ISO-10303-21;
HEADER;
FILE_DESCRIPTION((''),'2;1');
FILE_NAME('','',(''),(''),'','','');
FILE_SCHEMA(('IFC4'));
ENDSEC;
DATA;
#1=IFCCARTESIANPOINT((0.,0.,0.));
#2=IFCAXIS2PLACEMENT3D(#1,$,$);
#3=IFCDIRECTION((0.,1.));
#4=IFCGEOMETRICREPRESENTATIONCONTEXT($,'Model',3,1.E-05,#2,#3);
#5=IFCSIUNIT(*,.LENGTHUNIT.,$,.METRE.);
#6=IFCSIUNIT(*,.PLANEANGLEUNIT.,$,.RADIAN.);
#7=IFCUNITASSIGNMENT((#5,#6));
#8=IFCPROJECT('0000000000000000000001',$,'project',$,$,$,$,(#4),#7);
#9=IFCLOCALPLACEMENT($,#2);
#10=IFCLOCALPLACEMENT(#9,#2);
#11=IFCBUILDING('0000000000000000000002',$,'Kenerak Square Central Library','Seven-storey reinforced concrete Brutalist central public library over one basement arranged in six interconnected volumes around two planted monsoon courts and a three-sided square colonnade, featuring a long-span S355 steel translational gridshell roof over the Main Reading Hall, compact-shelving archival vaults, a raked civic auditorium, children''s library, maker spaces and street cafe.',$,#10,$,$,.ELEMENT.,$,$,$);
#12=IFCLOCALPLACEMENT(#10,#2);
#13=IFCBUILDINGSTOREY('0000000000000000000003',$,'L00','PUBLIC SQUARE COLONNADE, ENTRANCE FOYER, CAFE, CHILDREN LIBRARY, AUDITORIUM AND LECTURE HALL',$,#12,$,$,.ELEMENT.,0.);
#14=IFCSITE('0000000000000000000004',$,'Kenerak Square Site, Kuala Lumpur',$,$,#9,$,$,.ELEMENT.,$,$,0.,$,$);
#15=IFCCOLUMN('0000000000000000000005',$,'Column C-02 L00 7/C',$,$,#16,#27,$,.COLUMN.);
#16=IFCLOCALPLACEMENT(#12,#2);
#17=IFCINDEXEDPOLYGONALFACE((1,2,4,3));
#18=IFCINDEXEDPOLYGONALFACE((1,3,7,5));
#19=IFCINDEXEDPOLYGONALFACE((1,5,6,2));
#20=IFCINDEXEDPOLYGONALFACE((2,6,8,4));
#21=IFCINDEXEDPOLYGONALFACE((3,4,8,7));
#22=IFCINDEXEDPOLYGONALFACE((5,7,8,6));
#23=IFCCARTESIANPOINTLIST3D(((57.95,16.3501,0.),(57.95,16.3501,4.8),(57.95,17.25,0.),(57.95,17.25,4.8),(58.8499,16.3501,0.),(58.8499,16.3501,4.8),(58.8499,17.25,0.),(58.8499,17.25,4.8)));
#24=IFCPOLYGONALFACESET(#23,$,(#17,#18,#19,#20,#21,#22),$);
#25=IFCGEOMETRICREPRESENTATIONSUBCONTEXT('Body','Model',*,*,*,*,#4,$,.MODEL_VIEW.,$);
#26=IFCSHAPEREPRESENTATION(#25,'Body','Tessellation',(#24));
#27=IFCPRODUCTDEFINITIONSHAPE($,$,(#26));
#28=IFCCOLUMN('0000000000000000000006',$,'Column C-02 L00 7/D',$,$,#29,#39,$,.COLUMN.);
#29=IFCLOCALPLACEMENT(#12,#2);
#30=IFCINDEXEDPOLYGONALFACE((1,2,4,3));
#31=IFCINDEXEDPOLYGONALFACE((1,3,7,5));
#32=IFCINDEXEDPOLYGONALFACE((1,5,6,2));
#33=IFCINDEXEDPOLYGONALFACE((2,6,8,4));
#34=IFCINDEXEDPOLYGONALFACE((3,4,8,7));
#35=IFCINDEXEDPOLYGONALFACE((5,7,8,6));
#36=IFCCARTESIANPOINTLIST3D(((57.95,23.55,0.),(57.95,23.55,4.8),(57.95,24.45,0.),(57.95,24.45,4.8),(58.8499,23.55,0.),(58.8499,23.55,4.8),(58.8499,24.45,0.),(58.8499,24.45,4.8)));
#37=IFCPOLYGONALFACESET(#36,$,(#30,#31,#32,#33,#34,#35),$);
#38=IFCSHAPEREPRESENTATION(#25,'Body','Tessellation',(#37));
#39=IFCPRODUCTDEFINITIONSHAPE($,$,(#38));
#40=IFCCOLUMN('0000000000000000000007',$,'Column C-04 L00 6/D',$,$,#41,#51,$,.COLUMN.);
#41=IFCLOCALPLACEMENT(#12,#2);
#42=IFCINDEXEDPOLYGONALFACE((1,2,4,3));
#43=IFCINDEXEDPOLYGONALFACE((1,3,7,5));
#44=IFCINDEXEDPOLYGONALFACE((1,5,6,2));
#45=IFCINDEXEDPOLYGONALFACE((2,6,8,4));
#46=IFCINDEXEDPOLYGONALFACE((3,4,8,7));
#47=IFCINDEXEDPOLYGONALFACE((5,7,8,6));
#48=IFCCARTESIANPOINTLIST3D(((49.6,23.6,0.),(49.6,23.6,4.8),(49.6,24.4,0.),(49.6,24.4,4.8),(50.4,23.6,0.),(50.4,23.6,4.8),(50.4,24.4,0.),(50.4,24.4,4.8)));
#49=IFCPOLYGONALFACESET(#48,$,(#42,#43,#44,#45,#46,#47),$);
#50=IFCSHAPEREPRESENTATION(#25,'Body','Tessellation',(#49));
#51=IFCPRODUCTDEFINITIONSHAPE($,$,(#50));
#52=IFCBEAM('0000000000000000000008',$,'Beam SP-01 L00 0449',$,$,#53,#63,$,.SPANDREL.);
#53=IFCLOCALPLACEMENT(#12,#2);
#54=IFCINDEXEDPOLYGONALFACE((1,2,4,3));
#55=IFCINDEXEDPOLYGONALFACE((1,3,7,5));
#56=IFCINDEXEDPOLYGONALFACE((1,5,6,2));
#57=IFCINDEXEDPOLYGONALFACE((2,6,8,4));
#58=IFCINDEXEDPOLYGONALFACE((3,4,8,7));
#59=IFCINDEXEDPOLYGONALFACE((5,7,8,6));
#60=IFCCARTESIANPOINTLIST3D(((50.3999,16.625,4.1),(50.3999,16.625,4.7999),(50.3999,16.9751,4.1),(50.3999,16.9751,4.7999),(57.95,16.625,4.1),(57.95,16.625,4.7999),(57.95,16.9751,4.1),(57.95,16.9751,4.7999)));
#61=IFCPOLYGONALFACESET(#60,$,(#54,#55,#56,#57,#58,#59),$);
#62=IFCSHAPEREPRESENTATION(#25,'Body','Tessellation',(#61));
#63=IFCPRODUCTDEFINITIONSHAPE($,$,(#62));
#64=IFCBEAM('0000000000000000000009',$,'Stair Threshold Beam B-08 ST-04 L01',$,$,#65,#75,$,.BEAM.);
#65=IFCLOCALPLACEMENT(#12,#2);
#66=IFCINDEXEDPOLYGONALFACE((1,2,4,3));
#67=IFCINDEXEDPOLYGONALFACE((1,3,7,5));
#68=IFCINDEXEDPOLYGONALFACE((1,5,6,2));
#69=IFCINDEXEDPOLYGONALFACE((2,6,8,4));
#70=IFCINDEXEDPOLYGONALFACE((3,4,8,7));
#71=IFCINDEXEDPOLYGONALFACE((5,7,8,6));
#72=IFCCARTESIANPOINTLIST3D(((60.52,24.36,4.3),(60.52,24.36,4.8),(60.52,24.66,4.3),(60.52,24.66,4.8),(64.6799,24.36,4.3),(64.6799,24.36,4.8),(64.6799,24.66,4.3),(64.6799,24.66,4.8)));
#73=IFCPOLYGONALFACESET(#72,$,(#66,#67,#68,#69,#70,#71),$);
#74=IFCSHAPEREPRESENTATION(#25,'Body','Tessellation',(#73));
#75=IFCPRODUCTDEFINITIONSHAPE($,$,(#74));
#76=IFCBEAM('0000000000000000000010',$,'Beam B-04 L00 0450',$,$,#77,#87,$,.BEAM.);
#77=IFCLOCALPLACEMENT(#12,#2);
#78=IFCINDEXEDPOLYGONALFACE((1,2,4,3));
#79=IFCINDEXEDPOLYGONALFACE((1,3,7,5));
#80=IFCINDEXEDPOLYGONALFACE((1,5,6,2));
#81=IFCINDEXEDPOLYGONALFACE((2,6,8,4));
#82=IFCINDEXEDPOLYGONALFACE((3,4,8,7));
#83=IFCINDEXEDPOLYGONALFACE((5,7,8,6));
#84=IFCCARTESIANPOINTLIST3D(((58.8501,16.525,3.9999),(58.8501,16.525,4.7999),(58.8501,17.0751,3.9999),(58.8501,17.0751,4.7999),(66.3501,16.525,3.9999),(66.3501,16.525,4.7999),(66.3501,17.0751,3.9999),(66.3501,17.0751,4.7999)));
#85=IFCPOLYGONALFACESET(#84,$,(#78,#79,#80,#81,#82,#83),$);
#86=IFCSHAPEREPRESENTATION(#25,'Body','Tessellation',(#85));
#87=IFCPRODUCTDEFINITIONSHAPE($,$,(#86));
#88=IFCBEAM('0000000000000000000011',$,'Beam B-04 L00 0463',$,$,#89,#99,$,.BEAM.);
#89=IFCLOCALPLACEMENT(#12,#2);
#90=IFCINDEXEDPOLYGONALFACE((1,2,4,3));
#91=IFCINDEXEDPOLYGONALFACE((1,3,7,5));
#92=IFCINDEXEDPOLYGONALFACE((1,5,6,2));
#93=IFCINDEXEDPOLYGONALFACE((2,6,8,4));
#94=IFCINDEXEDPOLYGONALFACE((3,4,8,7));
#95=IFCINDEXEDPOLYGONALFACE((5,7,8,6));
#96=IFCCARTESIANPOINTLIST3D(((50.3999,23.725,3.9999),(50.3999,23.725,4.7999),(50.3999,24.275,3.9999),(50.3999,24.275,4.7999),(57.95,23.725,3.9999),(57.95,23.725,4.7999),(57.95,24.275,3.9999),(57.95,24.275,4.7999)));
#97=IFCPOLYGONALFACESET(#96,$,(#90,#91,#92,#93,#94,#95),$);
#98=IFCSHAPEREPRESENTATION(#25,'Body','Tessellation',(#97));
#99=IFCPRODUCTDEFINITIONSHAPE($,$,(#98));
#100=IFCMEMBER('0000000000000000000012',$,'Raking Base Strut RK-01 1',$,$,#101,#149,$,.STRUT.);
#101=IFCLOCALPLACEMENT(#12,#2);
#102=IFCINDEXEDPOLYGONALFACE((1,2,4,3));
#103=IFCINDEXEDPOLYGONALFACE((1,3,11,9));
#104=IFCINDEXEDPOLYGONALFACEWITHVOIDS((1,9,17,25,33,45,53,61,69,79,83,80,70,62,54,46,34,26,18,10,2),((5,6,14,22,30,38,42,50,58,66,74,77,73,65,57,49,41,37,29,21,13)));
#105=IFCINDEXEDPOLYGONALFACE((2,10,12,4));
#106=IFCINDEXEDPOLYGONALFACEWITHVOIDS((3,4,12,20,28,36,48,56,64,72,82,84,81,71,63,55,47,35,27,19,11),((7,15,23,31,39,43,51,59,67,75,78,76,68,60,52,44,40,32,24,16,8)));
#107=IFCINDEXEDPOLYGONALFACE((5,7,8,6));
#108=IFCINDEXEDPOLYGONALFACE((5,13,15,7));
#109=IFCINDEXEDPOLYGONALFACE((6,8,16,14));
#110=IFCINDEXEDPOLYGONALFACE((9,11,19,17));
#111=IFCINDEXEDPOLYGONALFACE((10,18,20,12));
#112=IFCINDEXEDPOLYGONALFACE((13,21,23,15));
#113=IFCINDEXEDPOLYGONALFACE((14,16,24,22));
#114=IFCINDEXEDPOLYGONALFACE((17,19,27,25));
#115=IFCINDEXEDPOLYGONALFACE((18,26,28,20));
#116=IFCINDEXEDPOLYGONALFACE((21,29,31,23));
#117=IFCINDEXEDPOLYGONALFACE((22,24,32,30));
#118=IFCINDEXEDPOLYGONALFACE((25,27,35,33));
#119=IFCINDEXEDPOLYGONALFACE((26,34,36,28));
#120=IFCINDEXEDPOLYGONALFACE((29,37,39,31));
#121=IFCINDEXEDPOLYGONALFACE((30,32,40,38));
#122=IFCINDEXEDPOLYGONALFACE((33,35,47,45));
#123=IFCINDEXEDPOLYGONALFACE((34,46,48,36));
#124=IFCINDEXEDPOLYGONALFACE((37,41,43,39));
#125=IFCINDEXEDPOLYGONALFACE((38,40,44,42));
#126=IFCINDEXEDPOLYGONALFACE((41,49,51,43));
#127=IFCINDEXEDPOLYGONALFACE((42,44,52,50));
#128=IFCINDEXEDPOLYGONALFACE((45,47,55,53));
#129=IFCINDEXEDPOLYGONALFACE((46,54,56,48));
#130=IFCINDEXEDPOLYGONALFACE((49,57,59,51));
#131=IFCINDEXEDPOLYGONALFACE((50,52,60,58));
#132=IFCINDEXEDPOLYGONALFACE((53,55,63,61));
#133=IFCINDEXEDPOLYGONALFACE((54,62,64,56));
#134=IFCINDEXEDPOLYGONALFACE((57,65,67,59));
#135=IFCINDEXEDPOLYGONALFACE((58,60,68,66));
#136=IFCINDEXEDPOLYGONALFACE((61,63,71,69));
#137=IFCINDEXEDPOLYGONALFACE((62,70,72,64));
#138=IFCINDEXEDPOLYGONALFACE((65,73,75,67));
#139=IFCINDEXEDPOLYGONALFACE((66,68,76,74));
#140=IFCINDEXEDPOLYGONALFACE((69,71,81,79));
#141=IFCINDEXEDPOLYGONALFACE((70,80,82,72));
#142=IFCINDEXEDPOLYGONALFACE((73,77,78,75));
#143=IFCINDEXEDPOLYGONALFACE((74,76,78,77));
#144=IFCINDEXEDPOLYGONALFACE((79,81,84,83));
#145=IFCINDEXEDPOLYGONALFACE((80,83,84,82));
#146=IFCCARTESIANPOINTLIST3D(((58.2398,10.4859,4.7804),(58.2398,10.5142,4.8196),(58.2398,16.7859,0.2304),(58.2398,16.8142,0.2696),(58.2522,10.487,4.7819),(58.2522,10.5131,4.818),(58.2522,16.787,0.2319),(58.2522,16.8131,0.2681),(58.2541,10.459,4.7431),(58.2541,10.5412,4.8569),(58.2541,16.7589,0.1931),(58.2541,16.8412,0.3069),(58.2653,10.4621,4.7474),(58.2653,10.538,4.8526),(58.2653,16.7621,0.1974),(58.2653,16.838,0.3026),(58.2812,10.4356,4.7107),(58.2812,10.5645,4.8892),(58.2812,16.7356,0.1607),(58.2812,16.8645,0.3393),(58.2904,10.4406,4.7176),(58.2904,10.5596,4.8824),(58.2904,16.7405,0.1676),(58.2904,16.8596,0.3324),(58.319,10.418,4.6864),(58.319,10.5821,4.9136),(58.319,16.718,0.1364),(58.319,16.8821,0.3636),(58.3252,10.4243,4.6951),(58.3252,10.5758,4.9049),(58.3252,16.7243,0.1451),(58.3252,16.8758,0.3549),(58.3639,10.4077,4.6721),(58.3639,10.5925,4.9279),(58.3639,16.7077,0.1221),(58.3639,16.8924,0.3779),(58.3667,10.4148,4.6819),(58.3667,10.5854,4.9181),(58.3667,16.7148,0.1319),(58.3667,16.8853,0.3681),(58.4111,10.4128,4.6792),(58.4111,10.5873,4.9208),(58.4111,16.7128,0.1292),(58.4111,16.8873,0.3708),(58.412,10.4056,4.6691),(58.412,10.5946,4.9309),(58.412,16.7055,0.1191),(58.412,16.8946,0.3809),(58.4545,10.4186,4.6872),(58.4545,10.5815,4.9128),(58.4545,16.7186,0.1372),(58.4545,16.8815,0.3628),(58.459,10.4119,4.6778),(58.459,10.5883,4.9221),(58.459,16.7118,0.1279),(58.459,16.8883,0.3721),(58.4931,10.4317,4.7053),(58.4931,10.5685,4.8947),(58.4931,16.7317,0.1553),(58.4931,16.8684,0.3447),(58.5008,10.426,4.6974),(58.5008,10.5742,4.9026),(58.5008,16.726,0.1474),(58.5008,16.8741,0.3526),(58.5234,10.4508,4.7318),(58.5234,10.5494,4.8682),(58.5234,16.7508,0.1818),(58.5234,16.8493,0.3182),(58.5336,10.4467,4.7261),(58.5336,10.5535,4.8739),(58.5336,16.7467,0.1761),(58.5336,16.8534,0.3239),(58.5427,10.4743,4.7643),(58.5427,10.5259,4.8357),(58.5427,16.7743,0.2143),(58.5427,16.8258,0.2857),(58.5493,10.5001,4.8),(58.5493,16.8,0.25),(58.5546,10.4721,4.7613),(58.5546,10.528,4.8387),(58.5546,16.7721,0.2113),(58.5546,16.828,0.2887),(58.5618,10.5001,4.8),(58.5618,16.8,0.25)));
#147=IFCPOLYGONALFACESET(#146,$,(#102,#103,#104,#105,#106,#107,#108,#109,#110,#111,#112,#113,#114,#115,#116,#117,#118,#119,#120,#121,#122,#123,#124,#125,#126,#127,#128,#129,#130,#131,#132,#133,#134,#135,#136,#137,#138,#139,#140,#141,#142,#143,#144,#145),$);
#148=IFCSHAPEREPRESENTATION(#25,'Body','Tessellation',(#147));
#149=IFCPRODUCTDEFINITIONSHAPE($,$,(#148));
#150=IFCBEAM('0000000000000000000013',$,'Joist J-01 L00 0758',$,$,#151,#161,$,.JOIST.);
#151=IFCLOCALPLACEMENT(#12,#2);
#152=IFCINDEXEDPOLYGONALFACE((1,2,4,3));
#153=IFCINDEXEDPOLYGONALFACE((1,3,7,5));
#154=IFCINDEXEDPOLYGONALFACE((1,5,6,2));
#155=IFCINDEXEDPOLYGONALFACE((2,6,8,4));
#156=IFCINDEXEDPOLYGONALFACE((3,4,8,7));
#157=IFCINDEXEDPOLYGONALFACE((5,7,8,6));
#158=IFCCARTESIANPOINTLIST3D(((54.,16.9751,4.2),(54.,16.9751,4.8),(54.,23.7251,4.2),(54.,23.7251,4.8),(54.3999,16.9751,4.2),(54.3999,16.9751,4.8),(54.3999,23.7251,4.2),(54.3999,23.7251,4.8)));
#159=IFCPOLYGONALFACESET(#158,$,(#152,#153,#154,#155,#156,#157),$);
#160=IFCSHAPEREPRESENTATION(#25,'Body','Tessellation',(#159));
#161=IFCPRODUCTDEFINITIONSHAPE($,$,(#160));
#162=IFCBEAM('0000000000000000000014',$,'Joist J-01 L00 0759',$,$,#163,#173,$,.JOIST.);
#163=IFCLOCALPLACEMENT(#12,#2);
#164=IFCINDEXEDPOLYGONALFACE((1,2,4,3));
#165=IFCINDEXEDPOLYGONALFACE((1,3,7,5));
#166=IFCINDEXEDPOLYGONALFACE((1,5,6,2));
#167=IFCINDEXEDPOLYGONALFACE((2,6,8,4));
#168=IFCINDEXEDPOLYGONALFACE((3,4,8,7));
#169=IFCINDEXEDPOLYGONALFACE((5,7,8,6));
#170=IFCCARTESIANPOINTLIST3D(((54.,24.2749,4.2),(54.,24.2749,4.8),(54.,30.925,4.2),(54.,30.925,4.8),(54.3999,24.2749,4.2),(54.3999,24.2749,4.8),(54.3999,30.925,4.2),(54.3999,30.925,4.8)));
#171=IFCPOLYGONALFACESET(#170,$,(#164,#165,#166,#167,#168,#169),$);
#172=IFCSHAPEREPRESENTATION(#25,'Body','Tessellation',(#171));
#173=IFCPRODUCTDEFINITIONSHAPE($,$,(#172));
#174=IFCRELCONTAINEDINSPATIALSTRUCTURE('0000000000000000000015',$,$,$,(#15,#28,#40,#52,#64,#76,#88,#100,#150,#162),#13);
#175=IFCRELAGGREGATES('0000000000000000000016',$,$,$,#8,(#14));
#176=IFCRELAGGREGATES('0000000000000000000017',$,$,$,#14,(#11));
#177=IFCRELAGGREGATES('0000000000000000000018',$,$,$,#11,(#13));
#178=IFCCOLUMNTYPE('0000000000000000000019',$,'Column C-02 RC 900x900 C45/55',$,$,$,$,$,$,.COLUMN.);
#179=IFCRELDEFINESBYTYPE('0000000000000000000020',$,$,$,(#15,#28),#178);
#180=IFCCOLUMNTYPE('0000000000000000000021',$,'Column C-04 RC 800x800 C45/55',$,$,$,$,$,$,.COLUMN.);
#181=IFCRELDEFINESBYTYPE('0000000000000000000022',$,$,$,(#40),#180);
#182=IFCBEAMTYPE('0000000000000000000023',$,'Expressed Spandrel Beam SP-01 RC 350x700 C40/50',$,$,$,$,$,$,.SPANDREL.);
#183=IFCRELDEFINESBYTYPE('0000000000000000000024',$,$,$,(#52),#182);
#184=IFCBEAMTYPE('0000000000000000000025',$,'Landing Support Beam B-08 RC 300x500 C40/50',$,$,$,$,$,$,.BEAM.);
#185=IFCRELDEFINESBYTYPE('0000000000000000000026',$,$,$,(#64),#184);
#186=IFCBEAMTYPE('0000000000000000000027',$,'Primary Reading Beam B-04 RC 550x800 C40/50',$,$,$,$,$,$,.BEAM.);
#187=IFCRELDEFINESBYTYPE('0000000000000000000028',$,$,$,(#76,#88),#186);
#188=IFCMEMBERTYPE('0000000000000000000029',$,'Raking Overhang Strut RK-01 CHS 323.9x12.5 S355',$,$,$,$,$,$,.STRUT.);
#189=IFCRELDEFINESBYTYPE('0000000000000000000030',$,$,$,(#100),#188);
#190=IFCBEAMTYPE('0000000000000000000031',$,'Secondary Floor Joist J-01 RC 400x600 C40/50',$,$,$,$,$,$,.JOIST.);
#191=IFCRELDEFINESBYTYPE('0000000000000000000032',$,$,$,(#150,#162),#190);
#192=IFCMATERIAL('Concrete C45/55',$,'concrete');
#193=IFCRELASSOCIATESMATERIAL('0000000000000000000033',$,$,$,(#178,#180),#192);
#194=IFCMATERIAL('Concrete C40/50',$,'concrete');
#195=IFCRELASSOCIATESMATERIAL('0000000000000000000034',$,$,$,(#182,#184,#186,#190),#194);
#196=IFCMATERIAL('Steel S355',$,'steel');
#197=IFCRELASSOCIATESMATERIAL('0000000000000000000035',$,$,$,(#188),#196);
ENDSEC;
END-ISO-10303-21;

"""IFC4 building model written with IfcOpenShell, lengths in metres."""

from ifc_helpers import new_model, si_unit, direction, frame, origin, origin_2d, place, context, subcontext, project, spatial, rectangle, hollow_circle, extrude, material, material_profile, profile_set, type_object, element, save


model = new_model("IFC4")

# Units and contexts
model_context = context("Model", 3, precision=1e-05, world=origin(), true_north=direction((0.0, 1.0)))
body_context = subcontext(model_context, "Body", "Model", "MODEL_VIEW")
ifc_project = project(units=[si_unit("LENGTHUNIT", "METRE"), si_unit("PLANEANGLEUNIT", "RADIAN")], contexts=[model_context])

# Site, building, storey
site_placement = place(None, origin())
site = spatial("IfcSite", under=ifc_project, at=site_placement, Name="Kenerak Square Site, Kuala Lumpur", CompositionType="ELEMENT", RefElevation=0.0)
building_placement = place(site_placement, origin())
building = spatial("IfcBuilding", under=site, at=building_placement, Name="Kenerak Square Central Library", Description="Seven-storey reinforced concrete Brutalist central public library over one basement arranged in six interconnected volumes around two planted monsoon courts and a three-sided square colonnade, featuring a long-span S355 steel translational gridshell roof over the Main Reading Hall, compact-shelving archival vaults, a raked civic auditorium, children's library, maker spaces and street cafe.", CompositionType="ELEMENT")
storey_placement = place(building_placement, origin())
storey = spatial("IfcBuildingStorey", under=building, at=storey_placement, Name="L00", Description="PUBLIC SQUARE COLONNADE, ENTRANCE FOYER, CAFE, CHILDREN LIBRARY, AUDITORIUM AND LECTURE HALL", CompositionType="ELEMENT", Elevation=0.0)

# Columns
ifc_material_1 = material(Name="Concrete C45/55", Category="concrete")
ifc_material_profile_1 = material_profile(ifc_material_1, rectangle(XDim=0.8999, YDim=0.8999, at=origin_2d()), Name="RC 900x900")
ifc_profile_set_1 = profile_set([ifc_material_profile_1], Name="Concrete C45/55")
column_type_1 = type_object("IfcColumnType", Name="Column C-02 RC 900x900 C45/55", PredefinedType="COLUMN", material=ifc_profile_set_1)
for number, where, z_axis, x_axis, name in (
    (1, (58.3999, 16.8, 0.0), (0.0, 0.0, 1.0), (1.0, 0.0, 0.0), "Column C-02 L00 7/C"),
    (2, (58.3999, 24.0, 0.0), (0.0, 0.0, 1.0), (1.0, 0.0, 0.0), "Column C-02 L00 7/D"),
):
    element("IfcColumn", number, at=place(storey_placement, frame(where, z_axis=z_axis, x_axis=x_axis)), inside=storey, type_object=column_type_1, Name=name, PredefinedType="COLUMN", context=body_context, shape_type="SweptSolid", body=[
        extrude(rectangle(XDim=0.8999, YDim=0.8999, at=origin_2d()), origin(), (0.0, 0.0, 1.0), 4.8),
    ])
ifc_material_profile_2 = material_profile(ifc_material_1, rectangle(XDim=0.8, YDim=0.8, at=origin_2d()), Name="RC 800x800")
ifc_profile_set_2 = profile_set([ifc_material_profile_2], Name="Concrete C45/55")
column_type_2 = type_object("IfcColumnType", Name="Column C-04 RC 800x800 C45/55", PredefinedType="COLUMN", material=ifc_profile_set_2)
column_placement = place(storey_placement, frame((50.0, 24.0, 0.0), z_axis=(0.0, 0.0, 1.0), x_axis=(1.0, 0.0, 0.0)))
element("IfcColumn", 3, at=column_placement, inside=storey, type_object=column_type_2, Name="Column C-04 L00 6/D", PredefinedType="COLUMN", context=body_context, shape_type="SweptSolid", body=[
    extrude(rectangle(XDim=0.8, YDim=0.8, at=origin_2d()), origin(), (0.0, 0.0, 1.0), 4.8),
])

# Beams
ifc_material_2 = material(Name="Concrete C40/50", Category="concrete")
ifc_material_profile_3 = material_profile(ifc_material_2, rectangle(XDim=0.3501, YDim=0.7, at=origin_2d()), Name="RC 350x700")
ifc_profile_set_3 = profile_set([ifc_material_profile_3], Name="Concrete C40/50")
beam_type_1 = type_object("IfcBeamType", Name="Expressed Spandrel Beam SP-01 RC 350x700 C40/50", PredefinedType="SPANDREL", material=ifc_profile_set_3)
beam_1_placement = place(storey_placement, frame((50.3999, 16.8, 4.45), z_axis=(1.0, 0.0, 0.0), x_axis=(0.0, 1.0, 0.0)))
element("IfcBeam", 4, at=beam_1_placement, inside=storey, type_object=beam_type_1, Name="Beam SP-01 L00 0449", PredefinedType="SPANDREL", context=body_context, shape_type="SweptSolid", body=[
    extrude(rectangle(XDim=0.3501, YDim=0.7, at=origin_2d()), origin(), (0.0, 0.0, 1.0), 7.55),
])
ifc_material_profile_4 = material_profile(ifc_material_2, rectangle(XDim=0.3, YDim=0.5, at=origin_2d()), Name="RC 300x500")
ifc_profile_set_4 = profile_set([ifc_material_profile_4], Name="Concrete C40/50")
beam_type_2 = type_object("IfcBeamType", Name="Landing Support Beam B-08 RC 300x500 C40/50", PredefinedType="BEAM", material=ifc_profile_set_4)
beam_2_placement = place(storey_placement, frame((60.52, 24.51, 4.55), z_axis=(1.0, 0.0, 0.0), x_axis=(0.0, 1.0, 0.0)))
element("IfcBeam", 5, at=beam_2_placement, inside=storey, type_object=beam_type_2, Name="Stair Threshold Beam B-08 ST-04 L01", PredefinedType="BEAM", context=body_context, shape_type="SweptSolid", body=[
    extrude(rectangle(XDim=0.3, YDim=0.5, at=origin_2d()), origin(), (0.0, 0.0, 1.0), 4.1599),
])
ifc_material_profile_5 = material_profile(ifc_material_2, rectangle(XDim=0.55, YDim=0.8, at=origin_2d()), Name="RC 550x800")
ifc_profile_set_5 = profile_set([ifc_material_profile_5], Name="Concrete C40/50")
beam_type_3 = type_object("IfcBeamType", Name="Primary Reading Beam B-04 RC 550x800 C40/50", PredefinedType="BEAM", material=ifc_profile_set_5)
beam_3_placement = place(storey_placement, frame((58.8501, 16.8, 4.3999), z_axis=(1.0, 0.0, 0.0), x_axis=(0.0, 1.0, 0.0)))
element("IfcBeam", 6, at=beam_3_placement, inside=storey, type_object=beam_type_3, Name="Beam B-04 L00 0450", PredefinedType="BEAM", context=body_context, shape_type="SweptSolid", body=[
    extrude(rectangle(XDim=0.55, YDim=0.8, at=origin_2d()), origin(), (0.0, 0.0, 1.0), 7.5),
])
beam_4_placement = place(storey_placement, frame((50.3999, 24.0, 4.3999), z_axis=(1.0, 0.0, 0.0), x_axis=(0.0, 1.0, 0.0)))
element("IfcBeam", 7, at=beam_4_placement, inside=storey, type_object=beam_type_3, Name="Beam B-04 L00 0463", PredefinedType="BEAM", context=body_context, shape_type="SweptSolid", body=[
    extrude(rectangle(XDim=0.55, YDim=0.8, at=origin_2d()), origin(), (0.0, 0.0, 1.0), 7.55),
])

# Member
ifc_material_3 = material(Name="Steel S355", Category="steel")
ifc_material_profile_6 = material_profile(ifc_material_3, hollow_circle(Radius=0.1619, WallThickness=0.0125, at=origin_2d()), Name="CHS 323.9x12.5")
ifc_profile_set_6 = profile_set([ifc_material_profile_6], Name="Steel S355")
member_type = type_object("IfcMemberType", Name="Raking Overhang Strut RK-01 CHS 323.9x12.5 S355", PredefinedType="STRUT", material=ifc_profile_set_6)
member_placement = place(storey_placement, frame((58.3999, 16.8, 0.25), z_axis=(0.0, -0.810678, 0.585492), x_axis=(1.0, 0.0, 0.0)))
element("IfcMember", 8, at=member_placement, inside=storey, type_object=member_type, Name="Raking Base Strut RK-01 1", PredefinedType="STRUT", context=body_context, shape_type="SweptSolid", body=[
    extrude(hollow_circle(Radius=0.1619, WallThickness=0.0125, at=origin_2d()), origin(), (0.0, 0.0, 1.0), 7.7712),
])

# Beams
ifc_material_profile_7 = material_profile(ifc_material_2, rectangle(XDim=0.3999, YDim=0.6001, at=origin_2d()), Name="RC 400x600")
ifc_profile_set_7 = profile_set([ifc_material_profile_7], Name="Concrete C40/50")
beam_type_4 = type_object("IfcBeamType", Name="Secondary Floor Joist J-01 RC 400x600 C40/50", PredefinedType="JOIST", material=ifc_profile_set_7)
beam_5_placement = place(storey_placement, frame((54.2, 16.9751, 4.5), z_axis=(0.0, 1.0, 0.0), x_axis=(-1.0, 0.0, 0.0)))
element("IfcBeam", 9, at=beam_5_placement, inside=storey, type_object=beam_type_4, Name="Joist J-01 L00 0758", PredefinedType="JOIST", context=body_context, shape_type="SweptSolid", body=[
    extrude(rectangle(XDim=0.3999, YDim=0.6001, at=origin_2d()), origin(), (0.0, 0.0, 1.0), 6.75),
])
beam_6_placement = place(storey_placement, frame((54.2, 24.2749, 4.5), z_axis=(0.0, 1.0, 0.0), x_axis=(-1.0, 0.0, 0.0)))
element("IfcBeam", 10, at=beam_6_placement, inside=storey, type_object=beam_type_4, Name="Joist J-01 L00 0759", PredefinedType="JOIST", context=body_context, shape_type="SweptSolid", body=[
    extrude(rectangle(XDim=0.3999, YDim=0.6001, at=origin_2d()), origin(), (0.0, 0.0, 1.0), 6.6501),
])

save(model, "model.ifc")
